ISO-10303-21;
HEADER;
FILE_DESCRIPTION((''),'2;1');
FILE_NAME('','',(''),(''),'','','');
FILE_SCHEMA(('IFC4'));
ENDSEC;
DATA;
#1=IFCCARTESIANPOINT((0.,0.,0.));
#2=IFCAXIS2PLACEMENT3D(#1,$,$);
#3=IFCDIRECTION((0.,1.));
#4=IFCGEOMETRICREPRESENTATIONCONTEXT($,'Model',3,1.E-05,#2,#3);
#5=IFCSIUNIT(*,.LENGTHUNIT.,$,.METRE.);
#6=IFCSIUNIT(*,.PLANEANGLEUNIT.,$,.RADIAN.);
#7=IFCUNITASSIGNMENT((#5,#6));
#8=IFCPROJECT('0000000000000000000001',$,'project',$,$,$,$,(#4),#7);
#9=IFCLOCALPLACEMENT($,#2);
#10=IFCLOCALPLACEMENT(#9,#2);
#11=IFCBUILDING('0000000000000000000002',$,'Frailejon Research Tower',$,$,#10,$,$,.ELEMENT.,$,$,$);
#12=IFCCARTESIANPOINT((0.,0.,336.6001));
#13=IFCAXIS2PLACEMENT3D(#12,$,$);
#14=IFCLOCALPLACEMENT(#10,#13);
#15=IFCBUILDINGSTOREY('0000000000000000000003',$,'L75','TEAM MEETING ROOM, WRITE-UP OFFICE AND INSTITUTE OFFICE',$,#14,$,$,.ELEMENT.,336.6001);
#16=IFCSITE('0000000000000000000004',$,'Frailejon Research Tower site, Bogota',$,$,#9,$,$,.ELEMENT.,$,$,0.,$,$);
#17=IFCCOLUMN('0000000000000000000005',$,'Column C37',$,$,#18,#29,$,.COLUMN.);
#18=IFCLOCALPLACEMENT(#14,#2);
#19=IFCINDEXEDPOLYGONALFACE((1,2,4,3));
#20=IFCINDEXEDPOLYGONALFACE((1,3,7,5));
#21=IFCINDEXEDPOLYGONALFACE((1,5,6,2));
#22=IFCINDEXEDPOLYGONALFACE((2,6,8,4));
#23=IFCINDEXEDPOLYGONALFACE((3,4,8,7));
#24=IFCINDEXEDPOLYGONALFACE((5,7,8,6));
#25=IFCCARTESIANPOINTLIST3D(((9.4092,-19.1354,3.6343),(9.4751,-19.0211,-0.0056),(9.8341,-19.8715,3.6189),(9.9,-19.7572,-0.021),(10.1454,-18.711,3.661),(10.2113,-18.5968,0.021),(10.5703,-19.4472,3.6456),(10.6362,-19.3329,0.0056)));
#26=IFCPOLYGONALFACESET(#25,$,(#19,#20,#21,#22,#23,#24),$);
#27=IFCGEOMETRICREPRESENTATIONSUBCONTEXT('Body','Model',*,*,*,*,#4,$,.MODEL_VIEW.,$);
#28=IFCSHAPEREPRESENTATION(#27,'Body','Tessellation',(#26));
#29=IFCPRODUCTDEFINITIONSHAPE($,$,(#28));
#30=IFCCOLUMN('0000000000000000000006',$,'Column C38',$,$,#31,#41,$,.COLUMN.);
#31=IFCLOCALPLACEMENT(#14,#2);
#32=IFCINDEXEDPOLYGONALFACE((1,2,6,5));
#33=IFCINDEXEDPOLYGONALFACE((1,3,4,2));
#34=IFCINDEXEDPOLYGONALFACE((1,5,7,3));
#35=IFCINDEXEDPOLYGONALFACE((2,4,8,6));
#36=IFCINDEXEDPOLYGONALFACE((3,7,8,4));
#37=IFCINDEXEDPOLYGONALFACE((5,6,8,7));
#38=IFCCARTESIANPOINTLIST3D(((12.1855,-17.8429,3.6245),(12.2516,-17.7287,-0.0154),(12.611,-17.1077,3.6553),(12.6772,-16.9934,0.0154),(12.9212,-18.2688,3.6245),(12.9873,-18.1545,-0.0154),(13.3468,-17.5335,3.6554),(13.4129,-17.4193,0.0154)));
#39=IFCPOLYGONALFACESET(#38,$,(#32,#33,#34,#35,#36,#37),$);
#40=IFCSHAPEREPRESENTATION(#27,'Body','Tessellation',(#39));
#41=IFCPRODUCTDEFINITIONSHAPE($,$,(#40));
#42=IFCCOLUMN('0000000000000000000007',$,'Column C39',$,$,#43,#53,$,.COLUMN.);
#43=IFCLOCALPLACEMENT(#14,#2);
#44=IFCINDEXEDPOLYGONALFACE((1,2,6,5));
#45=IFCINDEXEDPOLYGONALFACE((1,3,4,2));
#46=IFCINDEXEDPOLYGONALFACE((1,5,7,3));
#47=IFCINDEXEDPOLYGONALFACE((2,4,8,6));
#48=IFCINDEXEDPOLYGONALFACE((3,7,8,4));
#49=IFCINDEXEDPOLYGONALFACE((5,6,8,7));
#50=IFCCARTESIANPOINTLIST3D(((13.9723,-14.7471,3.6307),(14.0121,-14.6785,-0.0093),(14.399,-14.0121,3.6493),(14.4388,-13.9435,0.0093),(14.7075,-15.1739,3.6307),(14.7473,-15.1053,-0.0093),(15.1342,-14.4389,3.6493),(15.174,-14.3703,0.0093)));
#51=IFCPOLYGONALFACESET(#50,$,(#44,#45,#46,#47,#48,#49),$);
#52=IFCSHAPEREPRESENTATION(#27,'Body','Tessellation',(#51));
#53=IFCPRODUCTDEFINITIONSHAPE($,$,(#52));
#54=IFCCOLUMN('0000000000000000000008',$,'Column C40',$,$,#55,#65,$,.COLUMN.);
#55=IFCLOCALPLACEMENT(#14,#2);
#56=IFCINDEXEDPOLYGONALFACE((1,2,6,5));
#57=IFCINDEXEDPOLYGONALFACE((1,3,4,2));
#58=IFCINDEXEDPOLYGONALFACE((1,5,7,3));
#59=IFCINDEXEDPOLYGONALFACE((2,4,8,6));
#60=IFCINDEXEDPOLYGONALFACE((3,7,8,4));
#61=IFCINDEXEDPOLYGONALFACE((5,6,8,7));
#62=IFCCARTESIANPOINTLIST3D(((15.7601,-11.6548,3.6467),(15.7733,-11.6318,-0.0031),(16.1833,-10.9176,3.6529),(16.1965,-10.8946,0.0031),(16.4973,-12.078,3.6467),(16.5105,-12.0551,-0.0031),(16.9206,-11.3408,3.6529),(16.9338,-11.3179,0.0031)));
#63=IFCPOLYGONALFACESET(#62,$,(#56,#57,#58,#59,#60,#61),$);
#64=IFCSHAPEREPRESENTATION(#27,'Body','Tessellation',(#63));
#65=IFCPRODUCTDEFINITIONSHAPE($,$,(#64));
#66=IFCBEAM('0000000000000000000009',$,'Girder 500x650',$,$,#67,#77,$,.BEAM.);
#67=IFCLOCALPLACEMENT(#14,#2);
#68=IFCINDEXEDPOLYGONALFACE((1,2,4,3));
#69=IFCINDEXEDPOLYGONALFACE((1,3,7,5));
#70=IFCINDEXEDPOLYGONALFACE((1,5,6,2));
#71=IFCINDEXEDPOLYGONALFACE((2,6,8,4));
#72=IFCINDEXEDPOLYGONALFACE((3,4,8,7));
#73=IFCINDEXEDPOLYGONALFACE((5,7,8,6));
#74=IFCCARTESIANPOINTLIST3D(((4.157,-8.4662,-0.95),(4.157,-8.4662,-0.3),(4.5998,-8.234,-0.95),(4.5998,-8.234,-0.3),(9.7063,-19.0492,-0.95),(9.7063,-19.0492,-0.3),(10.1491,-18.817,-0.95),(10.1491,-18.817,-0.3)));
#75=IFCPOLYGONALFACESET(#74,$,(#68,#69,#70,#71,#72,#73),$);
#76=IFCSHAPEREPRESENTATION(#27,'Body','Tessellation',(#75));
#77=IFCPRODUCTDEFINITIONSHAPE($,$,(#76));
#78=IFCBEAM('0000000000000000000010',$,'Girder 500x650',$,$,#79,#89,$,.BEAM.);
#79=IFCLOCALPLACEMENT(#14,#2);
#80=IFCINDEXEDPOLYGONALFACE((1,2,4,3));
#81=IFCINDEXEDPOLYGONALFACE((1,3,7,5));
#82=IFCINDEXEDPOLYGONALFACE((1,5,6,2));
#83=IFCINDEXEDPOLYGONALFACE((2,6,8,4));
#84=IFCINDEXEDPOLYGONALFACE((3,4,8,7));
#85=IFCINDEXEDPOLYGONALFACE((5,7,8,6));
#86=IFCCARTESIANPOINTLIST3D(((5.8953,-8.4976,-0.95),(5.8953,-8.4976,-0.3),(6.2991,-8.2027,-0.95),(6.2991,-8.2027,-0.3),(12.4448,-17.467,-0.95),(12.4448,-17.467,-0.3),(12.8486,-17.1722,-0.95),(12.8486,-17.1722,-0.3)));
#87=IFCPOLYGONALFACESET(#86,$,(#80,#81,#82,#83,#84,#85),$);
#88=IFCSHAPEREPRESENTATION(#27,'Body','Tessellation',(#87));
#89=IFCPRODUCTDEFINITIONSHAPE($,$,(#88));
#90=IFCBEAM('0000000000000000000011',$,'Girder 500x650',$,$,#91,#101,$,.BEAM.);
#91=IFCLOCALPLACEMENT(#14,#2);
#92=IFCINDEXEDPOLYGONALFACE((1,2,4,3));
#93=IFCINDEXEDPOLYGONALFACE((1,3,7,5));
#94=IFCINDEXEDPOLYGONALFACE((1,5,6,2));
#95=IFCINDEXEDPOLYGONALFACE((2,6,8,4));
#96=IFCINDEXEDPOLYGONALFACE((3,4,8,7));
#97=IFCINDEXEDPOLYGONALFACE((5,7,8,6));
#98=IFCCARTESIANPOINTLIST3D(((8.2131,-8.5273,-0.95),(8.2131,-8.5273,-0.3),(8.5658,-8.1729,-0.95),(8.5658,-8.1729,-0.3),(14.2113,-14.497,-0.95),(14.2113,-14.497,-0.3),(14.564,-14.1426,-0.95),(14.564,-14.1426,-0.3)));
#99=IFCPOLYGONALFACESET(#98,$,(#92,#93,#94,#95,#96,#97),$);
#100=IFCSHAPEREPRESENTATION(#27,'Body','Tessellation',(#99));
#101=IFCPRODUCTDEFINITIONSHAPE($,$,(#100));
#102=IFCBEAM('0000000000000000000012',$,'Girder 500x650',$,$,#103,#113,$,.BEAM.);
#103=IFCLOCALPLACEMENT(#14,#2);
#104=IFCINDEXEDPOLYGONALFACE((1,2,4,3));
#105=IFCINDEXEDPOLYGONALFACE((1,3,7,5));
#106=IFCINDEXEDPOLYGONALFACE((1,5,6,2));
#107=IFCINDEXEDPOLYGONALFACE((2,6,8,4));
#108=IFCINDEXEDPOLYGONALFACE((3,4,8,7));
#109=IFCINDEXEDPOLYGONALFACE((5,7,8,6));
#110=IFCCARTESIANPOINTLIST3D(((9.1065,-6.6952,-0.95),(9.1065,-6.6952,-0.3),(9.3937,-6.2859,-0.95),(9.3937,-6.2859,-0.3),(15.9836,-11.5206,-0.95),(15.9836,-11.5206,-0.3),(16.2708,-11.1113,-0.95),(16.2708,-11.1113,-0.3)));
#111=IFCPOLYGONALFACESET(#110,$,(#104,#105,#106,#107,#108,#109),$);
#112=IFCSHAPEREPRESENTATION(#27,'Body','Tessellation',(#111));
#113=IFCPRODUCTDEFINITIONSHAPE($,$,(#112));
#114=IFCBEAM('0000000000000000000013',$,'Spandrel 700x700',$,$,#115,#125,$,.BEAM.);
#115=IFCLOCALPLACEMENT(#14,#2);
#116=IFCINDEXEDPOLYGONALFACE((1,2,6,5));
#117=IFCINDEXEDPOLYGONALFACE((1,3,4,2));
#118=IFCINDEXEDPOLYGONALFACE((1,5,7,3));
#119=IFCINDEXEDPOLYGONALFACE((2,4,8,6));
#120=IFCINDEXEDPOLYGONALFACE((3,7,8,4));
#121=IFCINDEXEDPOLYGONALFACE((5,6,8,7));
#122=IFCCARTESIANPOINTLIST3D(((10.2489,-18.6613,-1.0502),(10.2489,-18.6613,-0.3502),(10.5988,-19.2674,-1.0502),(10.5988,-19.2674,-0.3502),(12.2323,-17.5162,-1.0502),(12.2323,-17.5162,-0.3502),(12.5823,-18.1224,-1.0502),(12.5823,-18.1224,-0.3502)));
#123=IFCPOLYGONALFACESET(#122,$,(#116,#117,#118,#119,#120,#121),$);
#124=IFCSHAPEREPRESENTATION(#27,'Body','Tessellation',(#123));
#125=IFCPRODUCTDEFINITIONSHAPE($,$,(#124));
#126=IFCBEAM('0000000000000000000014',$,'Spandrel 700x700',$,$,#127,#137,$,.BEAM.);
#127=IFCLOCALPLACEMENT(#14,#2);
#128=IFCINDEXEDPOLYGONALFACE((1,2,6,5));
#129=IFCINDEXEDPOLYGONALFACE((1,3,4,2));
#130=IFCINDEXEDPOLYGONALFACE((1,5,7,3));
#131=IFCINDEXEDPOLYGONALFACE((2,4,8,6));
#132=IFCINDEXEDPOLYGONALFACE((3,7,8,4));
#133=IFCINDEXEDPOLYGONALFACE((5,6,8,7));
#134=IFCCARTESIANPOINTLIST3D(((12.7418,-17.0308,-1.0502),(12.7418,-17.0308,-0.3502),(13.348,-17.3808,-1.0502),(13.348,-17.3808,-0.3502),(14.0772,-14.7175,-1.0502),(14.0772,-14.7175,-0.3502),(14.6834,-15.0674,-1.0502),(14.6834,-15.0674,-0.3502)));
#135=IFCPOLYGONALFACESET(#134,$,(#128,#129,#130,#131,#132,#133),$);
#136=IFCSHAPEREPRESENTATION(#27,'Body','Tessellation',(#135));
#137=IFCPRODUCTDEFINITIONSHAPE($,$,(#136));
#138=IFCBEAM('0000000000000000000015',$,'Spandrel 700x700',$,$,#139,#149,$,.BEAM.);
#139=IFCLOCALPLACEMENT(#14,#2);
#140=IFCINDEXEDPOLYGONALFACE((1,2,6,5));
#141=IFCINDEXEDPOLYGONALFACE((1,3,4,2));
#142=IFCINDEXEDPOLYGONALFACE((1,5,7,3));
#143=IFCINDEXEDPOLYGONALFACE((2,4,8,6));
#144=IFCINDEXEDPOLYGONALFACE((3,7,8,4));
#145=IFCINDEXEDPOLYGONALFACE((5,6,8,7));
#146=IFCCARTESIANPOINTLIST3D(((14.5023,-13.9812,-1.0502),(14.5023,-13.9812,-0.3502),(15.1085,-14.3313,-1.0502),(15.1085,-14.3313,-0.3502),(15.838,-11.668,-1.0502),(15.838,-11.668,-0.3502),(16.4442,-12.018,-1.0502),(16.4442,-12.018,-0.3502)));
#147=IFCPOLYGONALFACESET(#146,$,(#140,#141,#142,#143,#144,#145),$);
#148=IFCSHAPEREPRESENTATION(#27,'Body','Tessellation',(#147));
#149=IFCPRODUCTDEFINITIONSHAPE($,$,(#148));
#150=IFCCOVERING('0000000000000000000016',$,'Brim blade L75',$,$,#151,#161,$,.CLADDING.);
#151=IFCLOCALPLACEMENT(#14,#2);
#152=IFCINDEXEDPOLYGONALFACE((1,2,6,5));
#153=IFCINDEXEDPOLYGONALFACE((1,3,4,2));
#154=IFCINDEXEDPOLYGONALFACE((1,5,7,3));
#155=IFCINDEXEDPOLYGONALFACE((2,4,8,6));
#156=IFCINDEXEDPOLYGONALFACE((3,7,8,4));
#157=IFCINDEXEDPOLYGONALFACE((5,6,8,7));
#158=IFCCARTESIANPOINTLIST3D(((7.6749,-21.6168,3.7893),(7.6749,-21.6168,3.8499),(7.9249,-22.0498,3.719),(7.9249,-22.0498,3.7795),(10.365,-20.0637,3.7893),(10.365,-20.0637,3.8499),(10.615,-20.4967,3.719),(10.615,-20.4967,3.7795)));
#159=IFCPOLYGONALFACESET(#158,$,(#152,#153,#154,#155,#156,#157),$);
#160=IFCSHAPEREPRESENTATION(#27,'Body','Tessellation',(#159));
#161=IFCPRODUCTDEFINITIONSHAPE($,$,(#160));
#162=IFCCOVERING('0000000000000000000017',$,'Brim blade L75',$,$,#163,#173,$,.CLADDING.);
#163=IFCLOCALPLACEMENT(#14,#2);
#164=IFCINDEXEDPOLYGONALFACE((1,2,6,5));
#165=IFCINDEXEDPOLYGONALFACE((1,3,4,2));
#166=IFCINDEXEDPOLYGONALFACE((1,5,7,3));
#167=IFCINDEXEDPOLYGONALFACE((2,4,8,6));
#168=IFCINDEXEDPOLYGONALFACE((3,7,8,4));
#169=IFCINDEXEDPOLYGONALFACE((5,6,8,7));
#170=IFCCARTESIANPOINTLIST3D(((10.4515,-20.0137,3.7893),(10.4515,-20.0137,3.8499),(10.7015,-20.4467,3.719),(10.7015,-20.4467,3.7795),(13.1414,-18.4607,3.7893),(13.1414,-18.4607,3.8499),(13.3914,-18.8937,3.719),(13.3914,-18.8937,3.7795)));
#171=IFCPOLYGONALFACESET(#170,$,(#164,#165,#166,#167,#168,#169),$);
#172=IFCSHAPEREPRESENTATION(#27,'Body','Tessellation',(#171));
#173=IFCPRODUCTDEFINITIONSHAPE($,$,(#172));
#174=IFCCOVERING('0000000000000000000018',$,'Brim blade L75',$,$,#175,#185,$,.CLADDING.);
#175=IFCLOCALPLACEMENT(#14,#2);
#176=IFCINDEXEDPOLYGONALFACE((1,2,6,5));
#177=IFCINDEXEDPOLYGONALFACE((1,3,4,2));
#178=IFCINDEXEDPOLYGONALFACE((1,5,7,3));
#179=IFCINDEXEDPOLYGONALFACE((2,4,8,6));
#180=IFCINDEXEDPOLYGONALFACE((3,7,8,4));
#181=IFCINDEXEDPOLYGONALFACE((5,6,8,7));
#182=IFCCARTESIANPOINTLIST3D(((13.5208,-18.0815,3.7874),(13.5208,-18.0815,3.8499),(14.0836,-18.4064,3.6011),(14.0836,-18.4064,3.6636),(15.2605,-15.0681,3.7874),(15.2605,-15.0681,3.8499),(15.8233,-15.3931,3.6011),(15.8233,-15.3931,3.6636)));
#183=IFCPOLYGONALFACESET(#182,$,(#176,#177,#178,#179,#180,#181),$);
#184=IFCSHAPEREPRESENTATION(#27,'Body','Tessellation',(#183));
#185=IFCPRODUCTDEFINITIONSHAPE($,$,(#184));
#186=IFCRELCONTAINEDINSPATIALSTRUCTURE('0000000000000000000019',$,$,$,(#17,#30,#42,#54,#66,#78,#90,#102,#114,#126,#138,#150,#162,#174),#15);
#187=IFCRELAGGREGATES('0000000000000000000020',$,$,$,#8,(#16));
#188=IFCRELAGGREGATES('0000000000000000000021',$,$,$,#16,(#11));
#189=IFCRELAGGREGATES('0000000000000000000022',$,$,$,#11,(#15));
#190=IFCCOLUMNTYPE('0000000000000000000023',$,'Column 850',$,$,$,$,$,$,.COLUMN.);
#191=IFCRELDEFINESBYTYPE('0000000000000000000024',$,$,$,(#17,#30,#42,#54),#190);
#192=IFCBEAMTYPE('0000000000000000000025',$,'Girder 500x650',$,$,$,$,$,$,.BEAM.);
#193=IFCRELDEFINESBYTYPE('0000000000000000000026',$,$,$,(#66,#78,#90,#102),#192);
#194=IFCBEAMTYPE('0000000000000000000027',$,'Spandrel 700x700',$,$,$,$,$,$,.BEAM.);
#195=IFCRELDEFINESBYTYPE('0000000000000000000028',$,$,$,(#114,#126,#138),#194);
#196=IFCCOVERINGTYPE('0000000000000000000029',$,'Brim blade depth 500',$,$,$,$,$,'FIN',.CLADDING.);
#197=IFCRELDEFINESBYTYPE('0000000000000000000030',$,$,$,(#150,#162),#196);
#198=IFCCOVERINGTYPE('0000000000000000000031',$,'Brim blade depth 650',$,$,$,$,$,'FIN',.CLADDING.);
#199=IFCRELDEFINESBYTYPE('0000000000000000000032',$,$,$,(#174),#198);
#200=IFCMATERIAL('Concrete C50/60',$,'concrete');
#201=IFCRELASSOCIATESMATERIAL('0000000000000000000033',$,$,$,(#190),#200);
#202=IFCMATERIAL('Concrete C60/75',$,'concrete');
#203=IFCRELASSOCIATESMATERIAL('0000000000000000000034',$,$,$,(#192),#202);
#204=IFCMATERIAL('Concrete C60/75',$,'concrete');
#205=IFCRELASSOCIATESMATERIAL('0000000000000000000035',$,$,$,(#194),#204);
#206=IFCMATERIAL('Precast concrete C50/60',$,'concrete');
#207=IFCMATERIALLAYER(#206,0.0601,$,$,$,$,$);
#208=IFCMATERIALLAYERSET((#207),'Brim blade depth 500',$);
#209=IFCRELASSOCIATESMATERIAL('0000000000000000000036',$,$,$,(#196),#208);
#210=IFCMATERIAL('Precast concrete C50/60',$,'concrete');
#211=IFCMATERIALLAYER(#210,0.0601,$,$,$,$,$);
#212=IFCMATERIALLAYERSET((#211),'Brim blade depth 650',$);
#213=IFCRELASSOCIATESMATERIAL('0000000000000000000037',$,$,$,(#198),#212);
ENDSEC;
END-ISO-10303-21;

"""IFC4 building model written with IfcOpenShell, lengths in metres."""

from ifc_helpers import new_model, si_unit, direction, frame, origin, origin_2d, place, context, subcontext, project, spatial, polyline, rectangle, outline, extrude, material, layer, layer_set, material_profile, profile_set, type_object, element, save


model = new_model("IFC4")

# Units and contexts
model_context = context("Model", 3, precision=1e-05, world=origin(), true_north=direction((0.0, 1.0)))
body_context = subcontext(model_context, "Body", "Model", "MODEL_VIEW")
ifc_project = project(units=[si_unit("LENGTHUNIT", "METRE"), si_unit("PLANEANGLEUNIT", "RADIAN")], contexts=[model_context])

# Site, building, storey
site_placement = place(None, origin())
site = spatial("IfcSite", under=ifc_project, at=site_placement, Name="Frailejon Research Tower site, Bogota", CompositionType="ELEMENT", RefElevation=0.0)
building_placement = place(site_placement, origin())
building = spatial("IfcBuilding", under=site, at=building_placement, Name="Frailejon Research Tower", CompositionType="ELEMENT")
storey_placement = place(building_placement, frame((0.0, 0.0, 336.6001)))
storey = spatial("IfcBuildingStorey", under=building, at=storey_placement, Name="L75", Description="TEAM MEETING ROOM, WRITE-UP OFFICE AND INSTITUTE OFFICE", CompositionType="ELEMENT", Elevation=336.6001)

# Columns
ifc_material_1 = material(Name="Concrete C50/60", Category="concrete")
ifc_material_profile_1 = material_profile(ifc_material_1, rectangle(XDim=0.8501, YDim=0.8501, at=origin_2d()), Name="Column 850")
ifc_profile_set_1 = profile_set([ifc_material_profile_1], Name="Concrete C50/60")
column_type = type_object("IfcColumnType", Name="Column 850", PredefinedType="COLUMN", material=ifc_profile_set_1)
for number, where, z_axis, x_axis, name in (
    (1, (10.0557, -19.177, 0.0), (-0.018098, -0.03137, 0.999344), (0.865942, 0.499161, 0.031351), "Column C37"),
    (2, (12.8323, -17.574, 0.0), (-0.018165, -0.03137, 0.999343), (0.500639, 0.864897, 0.03625), "Column C38"),
):
    element("IfcColumn", number, at=place(storey_placement, frame(where, z_axis=z_axis, x_axis=x_axis)), inside=storey, type_object=column_type, Name=name, PredefinedType="COLUMN", context=body_context, shape_type="SweptSolid", body=[
        extrude(rectangle(XDim=0.8501, YDim=0.8501, at=origin_2d()), origin(), (0.0, 0.0, 1.0), 3.6423),
    ])
column_1_placement = place(storey_placement, frame((14.593, -14.5244, 0.0), z_axis=(-0.01093, -0.018843, 0.999763), x_axis=(0.501923, 0.864638, 0.021784)))
element("IfcColumn", 3, at=column_1_placement, inside=storey, type_object=column_type, Name="Column C39", PredefinedType="COLUMN", context=body_context, shape_type="SweptSolid", body=[
    extrude(rectangle(XDim=0.8501, YDim=0.8501, at=origin_2d()), origin(), (0.0, 0.0, 1.0), 3.6409),
])
column_2_placement = place(storey_placement, frame((16.3535, -11.4749, 0.0), z_axis=(-0.003612, -0.006287, 0.999974), x_axis=(0.49789, 0.86721, 0.007251)))
element("IfcColumn", 4, at=column_2_placement, inside=storey, type_object=column_type, Name="Column C40", PredefinedType="COLUMN", context=body_context, shape_type="SweptSolid", body=[
    extrude(rectangle(XDim=0.8501, YDim=0.8501, at=origin_2d()), origin(), (0.0, 0.0, 1.0), 3.6499),
])

# Beams
ifc_material_2 = material(Name="Concrete C60/75", Category="concrete")
ifc_material_profile_2 = material_profile(ifc_material_2, rectangle(XDim=0.5, YDim=0.6499, at=origin_2d()), Name="Girder 500x650")
ifc_profile_set_2 = profile_set([ifc_material_profile_2], Name="Concrete C60/75")
beam_type_1 = type_object("IfcBeamType", Name="Girder 500x650", PredefinedType="BEAM", material=ifc_profile_set_2)
beam_1_placement = place(storey_placement, frame((9.9277, -18.9331, -0.625), z_axis=(-0.46439, 0.885631, 0.0), x_axis=(-0.885631, -0.46439, 0.0)))
element("IfcBeam", 5, at=beam_1_placement, inside=storey, type_object=beam_type_1, Name="Girder 500x650", PredefinedType="BEAM", context=body_context, shape_type="SweptSolid", body=[
    extrude(rectangle(XDim=0.5, YDim=0.6499, at=origin_2d()), origin(), (0.0, 0.0, 1.0), 11.9497),
])
beam_2_placement = place(storey_placement, frame((12.6467, -17.3196, -0.625), z_axis=(-0.589719, 0.807608, 0.0), x_axis=(-0.807608, -0.589719, 0.0)))
element("IfcBeam", 6, at=beam_2_placement, inside=storey, type_object=beam_type_1, Name="Girder 500x650", PredefinedType="BEAM", context=body_context, shape_type="SweptSolid", body=[
    extrude(rectangle(XDim=0.5, YDim=0.6499, at=origin_2d()), origin(), (0.0, 0.0, 1.0), 11.1062),
])
beam_3_placement = place(storey_placement, frame((14.3877, -14.3198, -0.625), z_axis=(-0.708792, 0.705417, 0.0), x_axis=(-0.705417, -0.708792, 0.0)))
element("IfcBeam", 7, at=beam_3_placement, inside=storey, type_object=beam_type_1, Name="Girder 500x650", PredefinedType="BEAM", context=body_context, shape_type="SweptSolid", body=[
    extrude(rectangle(XDim=0.5, YDim=0.6499, at=origin_2d()), origin(), (0.0, 0.0, 1.0), 8.4626),
])
beam_4_placement = place(storey_placement, frame((16.1272, -11.3159, -0.625), z_axis=(-0.818594, 0.574373, 0.0), x_axis=(-0.574373, -0.818594, 0.0)))
element("IfcBeam", 8, at=beam_4_placement, inside=storey, type_object=beam_type_1, Name="Girder 500x650", PredefinedType="BEAM", context=body_context, shape_type="SweptSolid", body=[
    extrude(rectangle(XDim=0.5, YDim=0.6499, at=origin_2d()), origin(), (0.0, 0.0, 1.0), 8.4011),
])
ifc_material_3 = material(Name="Concrete C60/75", Category="concrete")
ifc_material_profile_3 = material_profile(ifc_material_3, rectangle(XDim=0.7, YDim=0.7, at=origin_2d()), Name="Spandrel 700x700")
ifc_profile_set_3 = profile_set([ifc_material_profile_3], Name="Concrete C60/75")
beam_type_2 = type_object("IfcBeamType", Name="Spandrel 700x700", PredefinedType="BEAM", material=ifc_profile_set_3)
beam_5_placement = place(storey_placement, frame((10.4238, -18.9644, -0.7002), z_axis=(0.866044, 0.499969, 0.0), x_axis=(-0.499969, 0.866044, 0.0)))
element("IfcBeam", 9, at=beam_5_placement, inside=storey, type_object=beam_type_2, Name="Spandrel 700x700", PredefinedType="BEAM", context=body_context, shape_type="SweptSolid", body=[
    extrude(rectangle(XDim=0.7, YDim=0.7, at=origin_2d()), origin(), (0.0, 0.0, 1.0), 2.2903),
])
for number, where, z_axis, x_axis, name in (
    (10, (13.0449, -17.2058, -0.7002), (0.499933, 0.866064, 0.0), (-0.866064, 0.499933, 0.0), "Spandrel 700x700"),
    (11, (14.8054, -14.1562, -0.7002), (0.500042, 0.866001, 0.0), (-0.866001, 0.500042, 0.0), "Spandrel 700x700"),
):
    element("IfcBeam", number, at=place(storey_placement, frame(where, z_axis=z_axis, x_axis=x_axis)), inside=storey, type_object=beam_type_2, Name=name, PredefinedType="BEAM", context=body_context, shape_type="SweptSolid", body=[
        extrude(rectangle(XDim=0.7, YDim=0.7, at=origin_2d()), origin(), (0.0, 0.0, 1.0), 2.6711),
    ])

# Coverings
ifc_material_4 = material(Name="Precast concrete C50/60", Category="concrete")
ifc_layer_1 = layer(ifc_material_4, 0.0601)
ifc_layer_set_1 = layer_set([ifc_layer_1], Name="Brim blade depth 500")
covering_type_1 = type_object("IfcCoveringType", Name="Brim blade depth 500", ElementType="FIN", PredefinedType="CLADDING", material=ifc_layer_set_1)
covering_1_placement = place(storey_placement, frame((10.365, -20.0637, 3.8499), z_axis=(-0.866035, -0.499983, 0.0), x_axis=(0.499983, -0.866035, 0.0)))
element("IfcCovering", 12, at=covering_1_placement, inside=storey, type_object=covering_type_1, Name="Brim blade L75", PredefinedType="CLADDING", context=body_context, shape_type="SweptSolid", body=[
    extrude(outline(polyline([(0.0, -0.0605), (0.5, -0.1309), (0.5, -0.0703), (0.0, 0.0), (0.0, -0.0605)])), origin(), (0.0, 0.0, 1.0), 3.1062),
])
covering_2_placement = place(storey_placement, frame((13.1414, -18.4607, 3.8499), z_axis=(-0.866027, -0.499997, 0.0), x_axis=(0.499997, -0.866027, 0.0)))
element("IfcCovering", 13, at=covering_2_placement, inside=storey, type_object=covering_type_1, Name="Brim blade L75", PredefinedType="CLADDING", context=body_context, shape_type="SweptSolid", body=[
    extrude(outline(polyline([(0.0, -0.0605), (0.5, -0.1309), (0.5, -0.0703), (0.0, 0.0), (0.0, -0.0605)])), origin(), (0.0, 0.0, 1.0), 3.106),
])
ifc_material_5 = material(Name="Precast concrete C50/60", Category="concrete")
ifc_layer_2 = layer(ifc_material_5, 0.0601)
ifc_layer_set_2 = layer_set([ifc_layer_2], Name="Brim blade depth 650")
covering_type_2 = type_object("IfcCoveringType", Name="Brim blade depth 650", ElementType="FIN", PredefinedType="CLADDING", material=ifc_layer_set_2)
covering_3_placement = place(storey_placement, frame((15.2605, -15.0681, 3.8499), z_axis=(-0.499994, -0.866029, 0.0), x_axis=(0.866029, -0.499994, 0.0)))
element("IfcCovering", 14, at=covering_3_placement, inside=storey, type_object=covering_type_2, Name="Brim blade L75", PredefinedType="CLADDING", context=body_context, shape_type="SweptSolid", body=[
    extrude(outline(polyline([(0.0, -0.0625), (0.6499, -0.2488), (0.6499, -0.1863), (0.0, 0.0), (0.0, -0.0625)])), origin(), (0.0, 0.0, 1.0), 3.4795),
])

save(model, "model.ifc")
